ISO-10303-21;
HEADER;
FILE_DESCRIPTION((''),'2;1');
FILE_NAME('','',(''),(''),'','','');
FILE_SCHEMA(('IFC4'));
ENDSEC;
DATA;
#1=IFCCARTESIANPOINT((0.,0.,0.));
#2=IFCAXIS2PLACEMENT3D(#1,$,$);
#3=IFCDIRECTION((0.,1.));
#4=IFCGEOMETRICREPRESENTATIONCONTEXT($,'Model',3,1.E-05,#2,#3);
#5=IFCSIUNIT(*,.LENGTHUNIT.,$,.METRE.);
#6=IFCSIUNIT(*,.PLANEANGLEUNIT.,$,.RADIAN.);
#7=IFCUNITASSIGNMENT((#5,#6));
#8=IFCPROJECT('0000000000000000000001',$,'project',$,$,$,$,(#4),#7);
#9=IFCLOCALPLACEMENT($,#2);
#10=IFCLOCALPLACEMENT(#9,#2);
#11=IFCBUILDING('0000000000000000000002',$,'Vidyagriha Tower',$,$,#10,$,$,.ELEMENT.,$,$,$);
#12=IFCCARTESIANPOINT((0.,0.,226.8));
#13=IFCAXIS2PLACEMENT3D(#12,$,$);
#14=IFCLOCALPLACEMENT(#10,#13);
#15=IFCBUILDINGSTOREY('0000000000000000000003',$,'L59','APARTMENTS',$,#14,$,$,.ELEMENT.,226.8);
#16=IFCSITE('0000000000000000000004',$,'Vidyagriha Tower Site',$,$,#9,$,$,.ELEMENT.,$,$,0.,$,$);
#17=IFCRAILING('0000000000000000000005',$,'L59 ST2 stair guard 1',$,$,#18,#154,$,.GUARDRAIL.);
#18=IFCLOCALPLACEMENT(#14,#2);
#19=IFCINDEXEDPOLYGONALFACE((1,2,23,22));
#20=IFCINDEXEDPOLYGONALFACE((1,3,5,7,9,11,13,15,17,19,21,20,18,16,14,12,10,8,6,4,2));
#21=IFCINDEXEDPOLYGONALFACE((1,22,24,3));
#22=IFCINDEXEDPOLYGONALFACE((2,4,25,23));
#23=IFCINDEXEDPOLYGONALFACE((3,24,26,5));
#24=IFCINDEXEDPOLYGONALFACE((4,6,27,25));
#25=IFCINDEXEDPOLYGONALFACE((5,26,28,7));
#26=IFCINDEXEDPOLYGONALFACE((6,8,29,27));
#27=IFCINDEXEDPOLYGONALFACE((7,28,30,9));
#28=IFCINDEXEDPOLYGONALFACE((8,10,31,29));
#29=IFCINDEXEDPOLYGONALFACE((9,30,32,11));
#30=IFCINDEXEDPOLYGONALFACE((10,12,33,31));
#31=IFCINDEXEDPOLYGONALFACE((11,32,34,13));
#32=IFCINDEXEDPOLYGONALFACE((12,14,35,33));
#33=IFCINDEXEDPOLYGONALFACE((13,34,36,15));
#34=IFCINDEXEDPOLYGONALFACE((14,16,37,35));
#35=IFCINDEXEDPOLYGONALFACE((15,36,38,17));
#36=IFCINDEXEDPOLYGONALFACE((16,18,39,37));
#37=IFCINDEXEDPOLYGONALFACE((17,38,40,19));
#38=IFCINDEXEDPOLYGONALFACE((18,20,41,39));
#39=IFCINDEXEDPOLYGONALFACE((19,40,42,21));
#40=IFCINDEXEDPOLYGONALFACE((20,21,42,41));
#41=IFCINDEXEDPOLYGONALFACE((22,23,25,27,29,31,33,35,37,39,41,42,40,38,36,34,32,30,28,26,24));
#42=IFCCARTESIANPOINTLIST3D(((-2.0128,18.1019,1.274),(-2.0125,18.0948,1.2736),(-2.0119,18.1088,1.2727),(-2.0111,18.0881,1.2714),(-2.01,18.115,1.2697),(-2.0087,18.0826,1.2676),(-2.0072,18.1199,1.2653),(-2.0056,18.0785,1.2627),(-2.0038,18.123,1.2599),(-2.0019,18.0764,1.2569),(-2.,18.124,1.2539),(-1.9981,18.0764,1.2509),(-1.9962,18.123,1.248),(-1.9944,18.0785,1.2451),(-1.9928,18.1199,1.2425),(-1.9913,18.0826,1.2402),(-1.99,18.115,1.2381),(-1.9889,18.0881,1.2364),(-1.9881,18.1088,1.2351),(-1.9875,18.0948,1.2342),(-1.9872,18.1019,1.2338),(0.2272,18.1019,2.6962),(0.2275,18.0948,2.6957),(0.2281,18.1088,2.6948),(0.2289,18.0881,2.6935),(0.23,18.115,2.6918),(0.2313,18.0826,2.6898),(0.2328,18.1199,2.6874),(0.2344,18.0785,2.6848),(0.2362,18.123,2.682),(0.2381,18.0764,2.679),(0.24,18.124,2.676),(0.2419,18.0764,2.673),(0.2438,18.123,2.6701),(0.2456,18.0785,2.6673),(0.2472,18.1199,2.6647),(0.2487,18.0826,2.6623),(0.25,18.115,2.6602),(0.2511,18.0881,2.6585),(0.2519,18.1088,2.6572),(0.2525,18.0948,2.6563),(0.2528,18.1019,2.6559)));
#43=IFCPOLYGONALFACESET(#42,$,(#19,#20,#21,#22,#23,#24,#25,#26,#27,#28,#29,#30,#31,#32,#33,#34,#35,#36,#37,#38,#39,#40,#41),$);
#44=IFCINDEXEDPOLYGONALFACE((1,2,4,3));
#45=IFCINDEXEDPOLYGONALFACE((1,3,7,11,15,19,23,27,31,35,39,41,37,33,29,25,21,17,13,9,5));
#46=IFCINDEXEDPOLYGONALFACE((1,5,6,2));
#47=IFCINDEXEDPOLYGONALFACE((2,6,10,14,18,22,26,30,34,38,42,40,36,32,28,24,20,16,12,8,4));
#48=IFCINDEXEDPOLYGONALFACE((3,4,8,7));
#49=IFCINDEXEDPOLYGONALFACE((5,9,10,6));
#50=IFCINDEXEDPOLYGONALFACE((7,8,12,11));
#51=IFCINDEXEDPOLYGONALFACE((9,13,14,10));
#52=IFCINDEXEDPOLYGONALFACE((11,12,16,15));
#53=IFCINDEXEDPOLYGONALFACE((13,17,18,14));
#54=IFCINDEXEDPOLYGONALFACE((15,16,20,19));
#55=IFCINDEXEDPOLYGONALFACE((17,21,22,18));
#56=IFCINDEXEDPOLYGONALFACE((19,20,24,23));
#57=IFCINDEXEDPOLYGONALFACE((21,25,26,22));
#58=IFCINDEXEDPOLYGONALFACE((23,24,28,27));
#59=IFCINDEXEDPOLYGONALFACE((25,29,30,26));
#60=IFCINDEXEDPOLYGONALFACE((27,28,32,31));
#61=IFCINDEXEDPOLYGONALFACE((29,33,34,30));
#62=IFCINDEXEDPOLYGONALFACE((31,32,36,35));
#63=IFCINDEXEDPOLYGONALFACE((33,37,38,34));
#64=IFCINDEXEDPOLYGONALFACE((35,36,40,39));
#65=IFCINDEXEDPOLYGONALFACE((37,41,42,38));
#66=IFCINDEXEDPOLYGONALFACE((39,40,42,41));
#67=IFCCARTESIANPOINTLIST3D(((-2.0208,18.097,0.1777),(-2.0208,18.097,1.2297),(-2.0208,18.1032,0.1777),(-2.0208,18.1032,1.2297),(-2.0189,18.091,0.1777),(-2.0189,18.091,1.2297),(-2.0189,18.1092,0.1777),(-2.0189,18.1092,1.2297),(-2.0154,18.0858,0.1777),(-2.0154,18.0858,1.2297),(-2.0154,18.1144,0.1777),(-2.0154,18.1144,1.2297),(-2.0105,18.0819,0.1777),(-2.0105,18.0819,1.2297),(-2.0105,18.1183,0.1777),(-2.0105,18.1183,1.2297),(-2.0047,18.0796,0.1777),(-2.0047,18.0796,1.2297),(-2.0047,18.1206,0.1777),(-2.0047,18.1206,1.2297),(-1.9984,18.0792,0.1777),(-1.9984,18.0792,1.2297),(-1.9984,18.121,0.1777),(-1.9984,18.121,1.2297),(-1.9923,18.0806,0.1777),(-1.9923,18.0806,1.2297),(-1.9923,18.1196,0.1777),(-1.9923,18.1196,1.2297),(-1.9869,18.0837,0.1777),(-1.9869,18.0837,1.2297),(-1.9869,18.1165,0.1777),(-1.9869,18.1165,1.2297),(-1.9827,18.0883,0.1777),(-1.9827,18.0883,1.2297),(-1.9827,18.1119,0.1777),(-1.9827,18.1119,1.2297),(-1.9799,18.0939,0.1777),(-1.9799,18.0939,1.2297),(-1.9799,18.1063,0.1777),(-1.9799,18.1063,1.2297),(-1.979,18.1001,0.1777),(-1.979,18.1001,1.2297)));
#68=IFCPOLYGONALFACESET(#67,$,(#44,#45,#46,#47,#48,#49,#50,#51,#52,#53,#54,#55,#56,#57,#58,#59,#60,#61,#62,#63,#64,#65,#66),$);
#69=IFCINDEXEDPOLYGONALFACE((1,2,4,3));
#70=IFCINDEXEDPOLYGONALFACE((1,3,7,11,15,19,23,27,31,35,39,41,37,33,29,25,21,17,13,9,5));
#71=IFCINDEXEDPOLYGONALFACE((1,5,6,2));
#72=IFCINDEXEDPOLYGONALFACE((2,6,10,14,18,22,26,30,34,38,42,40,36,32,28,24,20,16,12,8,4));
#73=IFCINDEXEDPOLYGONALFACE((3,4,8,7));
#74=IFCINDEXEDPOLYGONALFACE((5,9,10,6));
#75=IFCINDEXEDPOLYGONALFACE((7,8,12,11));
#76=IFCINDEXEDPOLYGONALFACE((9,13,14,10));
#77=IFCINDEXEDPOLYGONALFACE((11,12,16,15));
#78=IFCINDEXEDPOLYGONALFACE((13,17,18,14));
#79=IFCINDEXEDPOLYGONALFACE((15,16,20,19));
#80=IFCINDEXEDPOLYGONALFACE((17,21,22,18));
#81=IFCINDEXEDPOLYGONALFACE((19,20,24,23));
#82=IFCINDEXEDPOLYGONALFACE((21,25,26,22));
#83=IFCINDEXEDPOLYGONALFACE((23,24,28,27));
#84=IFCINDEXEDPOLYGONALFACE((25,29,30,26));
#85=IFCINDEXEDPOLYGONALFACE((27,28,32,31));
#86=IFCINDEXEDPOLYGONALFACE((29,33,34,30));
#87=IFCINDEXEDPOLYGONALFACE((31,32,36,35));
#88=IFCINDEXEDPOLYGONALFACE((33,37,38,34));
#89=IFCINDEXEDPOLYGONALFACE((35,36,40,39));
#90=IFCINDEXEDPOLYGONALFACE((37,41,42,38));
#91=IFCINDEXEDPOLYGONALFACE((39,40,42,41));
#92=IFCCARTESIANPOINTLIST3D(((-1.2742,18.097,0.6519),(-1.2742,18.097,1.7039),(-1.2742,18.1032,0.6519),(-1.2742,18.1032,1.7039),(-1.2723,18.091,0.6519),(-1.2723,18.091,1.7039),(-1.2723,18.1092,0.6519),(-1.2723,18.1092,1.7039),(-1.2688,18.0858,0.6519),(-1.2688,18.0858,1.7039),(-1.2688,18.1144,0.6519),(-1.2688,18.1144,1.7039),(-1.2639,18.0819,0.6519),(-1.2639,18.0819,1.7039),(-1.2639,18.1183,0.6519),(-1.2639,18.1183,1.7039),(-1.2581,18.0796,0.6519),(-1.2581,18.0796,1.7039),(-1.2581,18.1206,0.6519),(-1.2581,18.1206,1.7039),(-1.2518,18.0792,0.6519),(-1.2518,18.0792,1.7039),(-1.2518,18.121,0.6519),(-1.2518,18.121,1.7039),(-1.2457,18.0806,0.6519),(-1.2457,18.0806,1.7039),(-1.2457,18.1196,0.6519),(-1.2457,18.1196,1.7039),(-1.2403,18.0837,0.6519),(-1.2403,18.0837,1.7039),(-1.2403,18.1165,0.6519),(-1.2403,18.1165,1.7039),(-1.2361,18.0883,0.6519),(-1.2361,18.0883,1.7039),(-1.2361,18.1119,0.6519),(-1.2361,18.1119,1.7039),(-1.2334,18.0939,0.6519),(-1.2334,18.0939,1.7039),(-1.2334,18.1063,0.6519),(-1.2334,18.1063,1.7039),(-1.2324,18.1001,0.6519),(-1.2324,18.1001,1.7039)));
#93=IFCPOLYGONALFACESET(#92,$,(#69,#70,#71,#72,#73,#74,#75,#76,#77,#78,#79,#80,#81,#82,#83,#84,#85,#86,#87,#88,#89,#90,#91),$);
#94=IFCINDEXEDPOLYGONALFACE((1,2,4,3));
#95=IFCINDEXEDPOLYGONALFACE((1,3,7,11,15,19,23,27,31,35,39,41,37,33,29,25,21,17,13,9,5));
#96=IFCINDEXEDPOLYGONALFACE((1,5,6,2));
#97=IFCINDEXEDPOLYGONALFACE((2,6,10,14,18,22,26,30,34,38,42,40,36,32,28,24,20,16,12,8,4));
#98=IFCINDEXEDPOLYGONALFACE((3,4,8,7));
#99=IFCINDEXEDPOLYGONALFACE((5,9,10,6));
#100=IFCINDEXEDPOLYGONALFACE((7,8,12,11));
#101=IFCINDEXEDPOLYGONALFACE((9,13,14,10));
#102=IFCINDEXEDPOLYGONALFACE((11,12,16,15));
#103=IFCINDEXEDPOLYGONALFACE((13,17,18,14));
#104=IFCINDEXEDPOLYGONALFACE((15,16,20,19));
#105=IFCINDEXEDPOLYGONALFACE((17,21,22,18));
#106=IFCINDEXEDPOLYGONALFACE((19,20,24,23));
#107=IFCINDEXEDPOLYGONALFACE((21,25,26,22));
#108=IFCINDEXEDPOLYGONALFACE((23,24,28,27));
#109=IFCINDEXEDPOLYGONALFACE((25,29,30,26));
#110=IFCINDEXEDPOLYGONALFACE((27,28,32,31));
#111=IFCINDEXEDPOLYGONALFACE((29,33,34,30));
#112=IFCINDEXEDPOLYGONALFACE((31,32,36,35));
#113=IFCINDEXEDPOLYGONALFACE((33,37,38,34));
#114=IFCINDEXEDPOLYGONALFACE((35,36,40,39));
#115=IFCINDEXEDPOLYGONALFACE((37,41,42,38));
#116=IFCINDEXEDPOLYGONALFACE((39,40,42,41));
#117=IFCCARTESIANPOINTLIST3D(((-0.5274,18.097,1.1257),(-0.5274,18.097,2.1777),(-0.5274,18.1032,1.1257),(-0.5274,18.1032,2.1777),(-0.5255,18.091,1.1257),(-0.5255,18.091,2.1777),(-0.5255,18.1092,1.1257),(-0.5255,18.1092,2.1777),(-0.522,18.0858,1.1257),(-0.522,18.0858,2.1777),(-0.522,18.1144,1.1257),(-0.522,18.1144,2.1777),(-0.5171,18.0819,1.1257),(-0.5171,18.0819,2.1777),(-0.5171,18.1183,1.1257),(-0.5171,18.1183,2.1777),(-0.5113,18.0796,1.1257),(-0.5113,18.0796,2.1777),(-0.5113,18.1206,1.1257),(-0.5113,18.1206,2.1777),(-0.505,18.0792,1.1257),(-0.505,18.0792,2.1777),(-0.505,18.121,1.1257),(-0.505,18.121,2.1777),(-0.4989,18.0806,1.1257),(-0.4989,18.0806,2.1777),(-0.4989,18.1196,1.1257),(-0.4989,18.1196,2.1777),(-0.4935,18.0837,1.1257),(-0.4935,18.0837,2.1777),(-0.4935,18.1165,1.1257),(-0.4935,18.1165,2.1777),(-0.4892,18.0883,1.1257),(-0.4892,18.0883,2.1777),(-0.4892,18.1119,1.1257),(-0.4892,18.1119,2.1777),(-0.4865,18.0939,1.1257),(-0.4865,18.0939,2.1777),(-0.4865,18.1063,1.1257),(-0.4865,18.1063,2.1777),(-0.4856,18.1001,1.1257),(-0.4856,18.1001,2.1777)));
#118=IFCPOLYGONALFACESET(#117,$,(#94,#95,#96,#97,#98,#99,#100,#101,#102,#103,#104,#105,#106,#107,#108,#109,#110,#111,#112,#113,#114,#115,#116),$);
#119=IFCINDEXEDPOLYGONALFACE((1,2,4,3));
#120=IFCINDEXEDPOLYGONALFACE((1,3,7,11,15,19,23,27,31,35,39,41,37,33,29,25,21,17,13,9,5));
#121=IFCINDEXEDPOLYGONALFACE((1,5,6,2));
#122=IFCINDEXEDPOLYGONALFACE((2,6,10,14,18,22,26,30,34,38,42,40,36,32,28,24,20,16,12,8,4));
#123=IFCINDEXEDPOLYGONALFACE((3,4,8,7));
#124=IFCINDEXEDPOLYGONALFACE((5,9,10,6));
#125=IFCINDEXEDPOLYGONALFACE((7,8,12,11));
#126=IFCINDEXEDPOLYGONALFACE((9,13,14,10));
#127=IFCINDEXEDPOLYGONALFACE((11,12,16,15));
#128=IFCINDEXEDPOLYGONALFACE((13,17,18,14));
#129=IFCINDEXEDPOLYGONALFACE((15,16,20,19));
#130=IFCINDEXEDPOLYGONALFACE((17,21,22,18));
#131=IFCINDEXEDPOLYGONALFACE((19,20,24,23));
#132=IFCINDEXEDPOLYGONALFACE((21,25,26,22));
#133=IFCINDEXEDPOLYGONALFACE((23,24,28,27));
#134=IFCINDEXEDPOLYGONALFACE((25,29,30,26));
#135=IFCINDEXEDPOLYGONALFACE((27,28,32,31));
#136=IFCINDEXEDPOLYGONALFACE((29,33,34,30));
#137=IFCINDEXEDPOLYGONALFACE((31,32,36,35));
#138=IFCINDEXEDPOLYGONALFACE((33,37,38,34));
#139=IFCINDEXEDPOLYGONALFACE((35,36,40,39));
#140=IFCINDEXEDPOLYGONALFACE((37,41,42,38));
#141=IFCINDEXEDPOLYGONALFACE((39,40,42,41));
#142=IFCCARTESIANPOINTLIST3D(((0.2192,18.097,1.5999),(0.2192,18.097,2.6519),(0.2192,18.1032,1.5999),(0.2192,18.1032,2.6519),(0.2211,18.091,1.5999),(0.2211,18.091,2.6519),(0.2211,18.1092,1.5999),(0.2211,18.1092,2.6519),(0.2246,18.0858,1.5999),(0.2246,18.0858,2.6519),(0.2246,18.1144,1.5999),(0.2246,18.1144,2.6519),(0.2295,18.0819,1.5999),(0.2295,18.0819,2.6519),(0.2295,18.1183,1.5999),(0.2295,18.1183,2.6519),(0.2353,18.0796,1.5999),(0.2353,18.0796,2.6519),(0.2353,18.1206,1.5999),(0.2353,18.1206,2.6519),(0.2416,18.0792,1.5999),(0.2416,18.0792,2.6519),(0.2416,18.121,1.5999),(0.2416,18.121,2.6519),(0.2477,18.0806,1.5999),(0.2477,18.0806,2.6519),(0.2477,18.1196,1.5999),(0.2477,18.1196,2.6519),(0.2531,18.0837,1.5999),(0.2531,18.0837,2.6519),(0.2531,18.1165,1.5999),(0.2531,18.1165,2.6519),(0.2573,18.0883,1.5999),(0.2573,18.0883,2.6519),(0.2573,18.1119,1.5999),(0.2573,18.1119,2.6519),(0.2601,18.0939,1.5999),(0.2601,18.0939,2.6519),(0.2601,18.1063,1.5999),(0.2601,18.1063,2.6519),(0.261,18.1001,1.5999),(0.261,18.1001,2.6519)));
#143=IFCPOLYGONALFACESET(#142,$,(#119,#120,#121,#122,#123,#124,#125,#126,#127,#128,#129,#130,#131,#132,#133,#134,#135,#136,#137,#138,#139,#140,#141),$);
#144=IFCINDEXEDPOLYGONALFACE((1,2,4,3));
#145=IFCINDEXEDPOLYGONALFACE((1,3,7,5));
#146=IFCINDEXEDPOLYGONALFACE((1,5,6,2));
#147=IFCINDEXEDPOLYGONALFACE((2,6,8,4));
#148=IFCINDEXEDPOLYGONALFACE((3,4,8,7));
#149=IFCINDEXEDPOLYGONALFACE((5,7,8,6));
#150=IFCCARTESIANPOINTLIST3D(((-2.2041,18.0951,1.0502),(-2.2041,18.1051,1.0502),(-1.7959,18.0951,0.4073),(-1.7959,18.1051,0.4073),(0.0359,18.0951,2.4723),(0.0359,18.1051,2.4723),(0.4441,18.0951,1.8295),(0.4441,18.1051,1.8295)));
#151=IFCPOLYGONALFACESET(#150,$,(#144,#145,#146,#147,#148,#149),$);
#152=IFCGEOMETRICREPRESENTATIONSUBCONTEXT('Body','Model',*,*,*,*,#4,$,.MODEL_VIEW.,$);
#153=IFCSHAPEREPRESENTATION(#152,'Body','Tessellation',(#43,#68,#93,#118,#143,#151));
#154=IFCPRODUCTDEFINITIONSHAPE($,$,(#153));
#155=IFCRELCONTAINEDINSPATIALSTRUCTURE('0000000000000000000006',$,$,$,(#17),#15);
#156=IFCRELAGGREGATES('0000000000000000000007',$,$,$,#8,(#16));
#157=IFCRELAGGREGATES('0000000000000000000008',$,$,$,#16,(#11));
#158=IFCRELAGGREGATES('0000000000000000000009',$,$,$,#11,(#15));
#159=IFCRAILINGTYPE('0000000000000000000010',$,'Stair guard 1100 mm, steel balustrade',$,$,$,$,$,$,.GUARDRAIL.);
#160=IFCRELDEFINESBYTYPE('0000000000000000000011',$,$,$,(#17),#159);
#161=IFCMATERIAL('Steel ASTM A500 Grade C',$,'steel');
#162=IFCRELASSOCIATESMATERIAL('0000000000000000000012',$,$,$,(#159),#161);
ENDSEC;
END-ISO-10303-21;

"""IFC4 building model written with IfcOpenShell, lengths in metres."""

from ifc_helpers import new_model, si_unit, direction, frame, origin, origin_2d, place, context, subcontext, project, spatial, rectangle, circle, extrude, material, type_object, element, save


model = new_model("IFC4")

# Units and contexts
model_context = context("Model", 3, precision=1e-05, world=origin(), true_north=direction((0.0, 1.0)))
body_context = subcontext(model_context, "Body", "Model", "MODEL_VIEW")
ifc_project = project(units=[si_unit("LENGTHUNIT", "METRE"), si_unit("PLANEANGLEUNIT", "RADIAN")], contexts=[model_context])

# Site, building, storey
site_placement = place(None, origin())
site = spatial("IfcSite", under=ifc_project, at=site_placement, Name="Vidyagriha Tower Site", CompositionType="ELEMENT", RefElevation=0.0)
building_placement = place(site_placement, origin())
building = spatial("IfcBuilding", under=site, at=building_placement, Name="Vidyagriha Tower", CompositionType="ELEMENT")
storey_placement = place(building_placement, frame((0.0, 0.0, 226.8)))
storey = spatial("IfcBuildingStorey", under=building, at=storey_placement, Name="L59", Description="APARTMENTS", CompositionType="ELEMENT", Elevation=226.8)

# Railing
ifc_material_1 = material(Name="Steel ASTM A500 Grade C", Category="steel")
railing_type_1 = type_object("IfcRailingType", Name="Stair guard 1100 mm, steel balustrade", PredefinedType="GUARDRAIL", material=ifc_material_1)
railing_1_placement = place(storey_placement, frame((-2.0, 18.1001, 0.1777)))
element("IfcRailing", 1, at=railing_1_placement, inside=storey, type_object=railing_type_1, Name="L59 ST2 stair guard 1", PredefinedType="GUARDRAIL", context=body_context, shape_type="SweptSolid", body=[
    extrude(circle(Radius=0.0239, at=origin_2d()), frame((0.0, 0.0, 1.0762), z_axis=(0.844229, 0.0, 0.535982), x_axis=(0.0, 1.0, 0.0)), (0.0, 0.0, 1.0), 2.6533),
    extrude(circle(Radius=0.021, at=origin_2d()), origin(), (0.0, 0.0, 1.0), 1.052),
    extrude(circle(Radius=0.021, at=origin_2d()), frame((0.7466, 0.0, 0.4741)), (0.0, 0.0, 1.0), 1.052),
    extrude(circle(Radius=0.021, at=origin_2d()), frame((1.4934, 0.0, 0.948)), (0.0, 0.0, 1.0), 1.052),
    extrude(circle(Radius=0.021, at=origin_2d()), frame((2.24, 0.0, 1.4221)), (0.0, 0.0, 1.0), 1.052),
    extrude(rectangle(XDim=0.01, YDim=0.7615, at=origin_2d()), frame((0.0, 0.0, 0.551), z_axis=(0.844229, 0.0, 0.535982), x_axis=(0.0, 1.0, 0.0)), (0.0, 0.0, 1.0), 2.6533),
])

save(model, "model.ifc")
